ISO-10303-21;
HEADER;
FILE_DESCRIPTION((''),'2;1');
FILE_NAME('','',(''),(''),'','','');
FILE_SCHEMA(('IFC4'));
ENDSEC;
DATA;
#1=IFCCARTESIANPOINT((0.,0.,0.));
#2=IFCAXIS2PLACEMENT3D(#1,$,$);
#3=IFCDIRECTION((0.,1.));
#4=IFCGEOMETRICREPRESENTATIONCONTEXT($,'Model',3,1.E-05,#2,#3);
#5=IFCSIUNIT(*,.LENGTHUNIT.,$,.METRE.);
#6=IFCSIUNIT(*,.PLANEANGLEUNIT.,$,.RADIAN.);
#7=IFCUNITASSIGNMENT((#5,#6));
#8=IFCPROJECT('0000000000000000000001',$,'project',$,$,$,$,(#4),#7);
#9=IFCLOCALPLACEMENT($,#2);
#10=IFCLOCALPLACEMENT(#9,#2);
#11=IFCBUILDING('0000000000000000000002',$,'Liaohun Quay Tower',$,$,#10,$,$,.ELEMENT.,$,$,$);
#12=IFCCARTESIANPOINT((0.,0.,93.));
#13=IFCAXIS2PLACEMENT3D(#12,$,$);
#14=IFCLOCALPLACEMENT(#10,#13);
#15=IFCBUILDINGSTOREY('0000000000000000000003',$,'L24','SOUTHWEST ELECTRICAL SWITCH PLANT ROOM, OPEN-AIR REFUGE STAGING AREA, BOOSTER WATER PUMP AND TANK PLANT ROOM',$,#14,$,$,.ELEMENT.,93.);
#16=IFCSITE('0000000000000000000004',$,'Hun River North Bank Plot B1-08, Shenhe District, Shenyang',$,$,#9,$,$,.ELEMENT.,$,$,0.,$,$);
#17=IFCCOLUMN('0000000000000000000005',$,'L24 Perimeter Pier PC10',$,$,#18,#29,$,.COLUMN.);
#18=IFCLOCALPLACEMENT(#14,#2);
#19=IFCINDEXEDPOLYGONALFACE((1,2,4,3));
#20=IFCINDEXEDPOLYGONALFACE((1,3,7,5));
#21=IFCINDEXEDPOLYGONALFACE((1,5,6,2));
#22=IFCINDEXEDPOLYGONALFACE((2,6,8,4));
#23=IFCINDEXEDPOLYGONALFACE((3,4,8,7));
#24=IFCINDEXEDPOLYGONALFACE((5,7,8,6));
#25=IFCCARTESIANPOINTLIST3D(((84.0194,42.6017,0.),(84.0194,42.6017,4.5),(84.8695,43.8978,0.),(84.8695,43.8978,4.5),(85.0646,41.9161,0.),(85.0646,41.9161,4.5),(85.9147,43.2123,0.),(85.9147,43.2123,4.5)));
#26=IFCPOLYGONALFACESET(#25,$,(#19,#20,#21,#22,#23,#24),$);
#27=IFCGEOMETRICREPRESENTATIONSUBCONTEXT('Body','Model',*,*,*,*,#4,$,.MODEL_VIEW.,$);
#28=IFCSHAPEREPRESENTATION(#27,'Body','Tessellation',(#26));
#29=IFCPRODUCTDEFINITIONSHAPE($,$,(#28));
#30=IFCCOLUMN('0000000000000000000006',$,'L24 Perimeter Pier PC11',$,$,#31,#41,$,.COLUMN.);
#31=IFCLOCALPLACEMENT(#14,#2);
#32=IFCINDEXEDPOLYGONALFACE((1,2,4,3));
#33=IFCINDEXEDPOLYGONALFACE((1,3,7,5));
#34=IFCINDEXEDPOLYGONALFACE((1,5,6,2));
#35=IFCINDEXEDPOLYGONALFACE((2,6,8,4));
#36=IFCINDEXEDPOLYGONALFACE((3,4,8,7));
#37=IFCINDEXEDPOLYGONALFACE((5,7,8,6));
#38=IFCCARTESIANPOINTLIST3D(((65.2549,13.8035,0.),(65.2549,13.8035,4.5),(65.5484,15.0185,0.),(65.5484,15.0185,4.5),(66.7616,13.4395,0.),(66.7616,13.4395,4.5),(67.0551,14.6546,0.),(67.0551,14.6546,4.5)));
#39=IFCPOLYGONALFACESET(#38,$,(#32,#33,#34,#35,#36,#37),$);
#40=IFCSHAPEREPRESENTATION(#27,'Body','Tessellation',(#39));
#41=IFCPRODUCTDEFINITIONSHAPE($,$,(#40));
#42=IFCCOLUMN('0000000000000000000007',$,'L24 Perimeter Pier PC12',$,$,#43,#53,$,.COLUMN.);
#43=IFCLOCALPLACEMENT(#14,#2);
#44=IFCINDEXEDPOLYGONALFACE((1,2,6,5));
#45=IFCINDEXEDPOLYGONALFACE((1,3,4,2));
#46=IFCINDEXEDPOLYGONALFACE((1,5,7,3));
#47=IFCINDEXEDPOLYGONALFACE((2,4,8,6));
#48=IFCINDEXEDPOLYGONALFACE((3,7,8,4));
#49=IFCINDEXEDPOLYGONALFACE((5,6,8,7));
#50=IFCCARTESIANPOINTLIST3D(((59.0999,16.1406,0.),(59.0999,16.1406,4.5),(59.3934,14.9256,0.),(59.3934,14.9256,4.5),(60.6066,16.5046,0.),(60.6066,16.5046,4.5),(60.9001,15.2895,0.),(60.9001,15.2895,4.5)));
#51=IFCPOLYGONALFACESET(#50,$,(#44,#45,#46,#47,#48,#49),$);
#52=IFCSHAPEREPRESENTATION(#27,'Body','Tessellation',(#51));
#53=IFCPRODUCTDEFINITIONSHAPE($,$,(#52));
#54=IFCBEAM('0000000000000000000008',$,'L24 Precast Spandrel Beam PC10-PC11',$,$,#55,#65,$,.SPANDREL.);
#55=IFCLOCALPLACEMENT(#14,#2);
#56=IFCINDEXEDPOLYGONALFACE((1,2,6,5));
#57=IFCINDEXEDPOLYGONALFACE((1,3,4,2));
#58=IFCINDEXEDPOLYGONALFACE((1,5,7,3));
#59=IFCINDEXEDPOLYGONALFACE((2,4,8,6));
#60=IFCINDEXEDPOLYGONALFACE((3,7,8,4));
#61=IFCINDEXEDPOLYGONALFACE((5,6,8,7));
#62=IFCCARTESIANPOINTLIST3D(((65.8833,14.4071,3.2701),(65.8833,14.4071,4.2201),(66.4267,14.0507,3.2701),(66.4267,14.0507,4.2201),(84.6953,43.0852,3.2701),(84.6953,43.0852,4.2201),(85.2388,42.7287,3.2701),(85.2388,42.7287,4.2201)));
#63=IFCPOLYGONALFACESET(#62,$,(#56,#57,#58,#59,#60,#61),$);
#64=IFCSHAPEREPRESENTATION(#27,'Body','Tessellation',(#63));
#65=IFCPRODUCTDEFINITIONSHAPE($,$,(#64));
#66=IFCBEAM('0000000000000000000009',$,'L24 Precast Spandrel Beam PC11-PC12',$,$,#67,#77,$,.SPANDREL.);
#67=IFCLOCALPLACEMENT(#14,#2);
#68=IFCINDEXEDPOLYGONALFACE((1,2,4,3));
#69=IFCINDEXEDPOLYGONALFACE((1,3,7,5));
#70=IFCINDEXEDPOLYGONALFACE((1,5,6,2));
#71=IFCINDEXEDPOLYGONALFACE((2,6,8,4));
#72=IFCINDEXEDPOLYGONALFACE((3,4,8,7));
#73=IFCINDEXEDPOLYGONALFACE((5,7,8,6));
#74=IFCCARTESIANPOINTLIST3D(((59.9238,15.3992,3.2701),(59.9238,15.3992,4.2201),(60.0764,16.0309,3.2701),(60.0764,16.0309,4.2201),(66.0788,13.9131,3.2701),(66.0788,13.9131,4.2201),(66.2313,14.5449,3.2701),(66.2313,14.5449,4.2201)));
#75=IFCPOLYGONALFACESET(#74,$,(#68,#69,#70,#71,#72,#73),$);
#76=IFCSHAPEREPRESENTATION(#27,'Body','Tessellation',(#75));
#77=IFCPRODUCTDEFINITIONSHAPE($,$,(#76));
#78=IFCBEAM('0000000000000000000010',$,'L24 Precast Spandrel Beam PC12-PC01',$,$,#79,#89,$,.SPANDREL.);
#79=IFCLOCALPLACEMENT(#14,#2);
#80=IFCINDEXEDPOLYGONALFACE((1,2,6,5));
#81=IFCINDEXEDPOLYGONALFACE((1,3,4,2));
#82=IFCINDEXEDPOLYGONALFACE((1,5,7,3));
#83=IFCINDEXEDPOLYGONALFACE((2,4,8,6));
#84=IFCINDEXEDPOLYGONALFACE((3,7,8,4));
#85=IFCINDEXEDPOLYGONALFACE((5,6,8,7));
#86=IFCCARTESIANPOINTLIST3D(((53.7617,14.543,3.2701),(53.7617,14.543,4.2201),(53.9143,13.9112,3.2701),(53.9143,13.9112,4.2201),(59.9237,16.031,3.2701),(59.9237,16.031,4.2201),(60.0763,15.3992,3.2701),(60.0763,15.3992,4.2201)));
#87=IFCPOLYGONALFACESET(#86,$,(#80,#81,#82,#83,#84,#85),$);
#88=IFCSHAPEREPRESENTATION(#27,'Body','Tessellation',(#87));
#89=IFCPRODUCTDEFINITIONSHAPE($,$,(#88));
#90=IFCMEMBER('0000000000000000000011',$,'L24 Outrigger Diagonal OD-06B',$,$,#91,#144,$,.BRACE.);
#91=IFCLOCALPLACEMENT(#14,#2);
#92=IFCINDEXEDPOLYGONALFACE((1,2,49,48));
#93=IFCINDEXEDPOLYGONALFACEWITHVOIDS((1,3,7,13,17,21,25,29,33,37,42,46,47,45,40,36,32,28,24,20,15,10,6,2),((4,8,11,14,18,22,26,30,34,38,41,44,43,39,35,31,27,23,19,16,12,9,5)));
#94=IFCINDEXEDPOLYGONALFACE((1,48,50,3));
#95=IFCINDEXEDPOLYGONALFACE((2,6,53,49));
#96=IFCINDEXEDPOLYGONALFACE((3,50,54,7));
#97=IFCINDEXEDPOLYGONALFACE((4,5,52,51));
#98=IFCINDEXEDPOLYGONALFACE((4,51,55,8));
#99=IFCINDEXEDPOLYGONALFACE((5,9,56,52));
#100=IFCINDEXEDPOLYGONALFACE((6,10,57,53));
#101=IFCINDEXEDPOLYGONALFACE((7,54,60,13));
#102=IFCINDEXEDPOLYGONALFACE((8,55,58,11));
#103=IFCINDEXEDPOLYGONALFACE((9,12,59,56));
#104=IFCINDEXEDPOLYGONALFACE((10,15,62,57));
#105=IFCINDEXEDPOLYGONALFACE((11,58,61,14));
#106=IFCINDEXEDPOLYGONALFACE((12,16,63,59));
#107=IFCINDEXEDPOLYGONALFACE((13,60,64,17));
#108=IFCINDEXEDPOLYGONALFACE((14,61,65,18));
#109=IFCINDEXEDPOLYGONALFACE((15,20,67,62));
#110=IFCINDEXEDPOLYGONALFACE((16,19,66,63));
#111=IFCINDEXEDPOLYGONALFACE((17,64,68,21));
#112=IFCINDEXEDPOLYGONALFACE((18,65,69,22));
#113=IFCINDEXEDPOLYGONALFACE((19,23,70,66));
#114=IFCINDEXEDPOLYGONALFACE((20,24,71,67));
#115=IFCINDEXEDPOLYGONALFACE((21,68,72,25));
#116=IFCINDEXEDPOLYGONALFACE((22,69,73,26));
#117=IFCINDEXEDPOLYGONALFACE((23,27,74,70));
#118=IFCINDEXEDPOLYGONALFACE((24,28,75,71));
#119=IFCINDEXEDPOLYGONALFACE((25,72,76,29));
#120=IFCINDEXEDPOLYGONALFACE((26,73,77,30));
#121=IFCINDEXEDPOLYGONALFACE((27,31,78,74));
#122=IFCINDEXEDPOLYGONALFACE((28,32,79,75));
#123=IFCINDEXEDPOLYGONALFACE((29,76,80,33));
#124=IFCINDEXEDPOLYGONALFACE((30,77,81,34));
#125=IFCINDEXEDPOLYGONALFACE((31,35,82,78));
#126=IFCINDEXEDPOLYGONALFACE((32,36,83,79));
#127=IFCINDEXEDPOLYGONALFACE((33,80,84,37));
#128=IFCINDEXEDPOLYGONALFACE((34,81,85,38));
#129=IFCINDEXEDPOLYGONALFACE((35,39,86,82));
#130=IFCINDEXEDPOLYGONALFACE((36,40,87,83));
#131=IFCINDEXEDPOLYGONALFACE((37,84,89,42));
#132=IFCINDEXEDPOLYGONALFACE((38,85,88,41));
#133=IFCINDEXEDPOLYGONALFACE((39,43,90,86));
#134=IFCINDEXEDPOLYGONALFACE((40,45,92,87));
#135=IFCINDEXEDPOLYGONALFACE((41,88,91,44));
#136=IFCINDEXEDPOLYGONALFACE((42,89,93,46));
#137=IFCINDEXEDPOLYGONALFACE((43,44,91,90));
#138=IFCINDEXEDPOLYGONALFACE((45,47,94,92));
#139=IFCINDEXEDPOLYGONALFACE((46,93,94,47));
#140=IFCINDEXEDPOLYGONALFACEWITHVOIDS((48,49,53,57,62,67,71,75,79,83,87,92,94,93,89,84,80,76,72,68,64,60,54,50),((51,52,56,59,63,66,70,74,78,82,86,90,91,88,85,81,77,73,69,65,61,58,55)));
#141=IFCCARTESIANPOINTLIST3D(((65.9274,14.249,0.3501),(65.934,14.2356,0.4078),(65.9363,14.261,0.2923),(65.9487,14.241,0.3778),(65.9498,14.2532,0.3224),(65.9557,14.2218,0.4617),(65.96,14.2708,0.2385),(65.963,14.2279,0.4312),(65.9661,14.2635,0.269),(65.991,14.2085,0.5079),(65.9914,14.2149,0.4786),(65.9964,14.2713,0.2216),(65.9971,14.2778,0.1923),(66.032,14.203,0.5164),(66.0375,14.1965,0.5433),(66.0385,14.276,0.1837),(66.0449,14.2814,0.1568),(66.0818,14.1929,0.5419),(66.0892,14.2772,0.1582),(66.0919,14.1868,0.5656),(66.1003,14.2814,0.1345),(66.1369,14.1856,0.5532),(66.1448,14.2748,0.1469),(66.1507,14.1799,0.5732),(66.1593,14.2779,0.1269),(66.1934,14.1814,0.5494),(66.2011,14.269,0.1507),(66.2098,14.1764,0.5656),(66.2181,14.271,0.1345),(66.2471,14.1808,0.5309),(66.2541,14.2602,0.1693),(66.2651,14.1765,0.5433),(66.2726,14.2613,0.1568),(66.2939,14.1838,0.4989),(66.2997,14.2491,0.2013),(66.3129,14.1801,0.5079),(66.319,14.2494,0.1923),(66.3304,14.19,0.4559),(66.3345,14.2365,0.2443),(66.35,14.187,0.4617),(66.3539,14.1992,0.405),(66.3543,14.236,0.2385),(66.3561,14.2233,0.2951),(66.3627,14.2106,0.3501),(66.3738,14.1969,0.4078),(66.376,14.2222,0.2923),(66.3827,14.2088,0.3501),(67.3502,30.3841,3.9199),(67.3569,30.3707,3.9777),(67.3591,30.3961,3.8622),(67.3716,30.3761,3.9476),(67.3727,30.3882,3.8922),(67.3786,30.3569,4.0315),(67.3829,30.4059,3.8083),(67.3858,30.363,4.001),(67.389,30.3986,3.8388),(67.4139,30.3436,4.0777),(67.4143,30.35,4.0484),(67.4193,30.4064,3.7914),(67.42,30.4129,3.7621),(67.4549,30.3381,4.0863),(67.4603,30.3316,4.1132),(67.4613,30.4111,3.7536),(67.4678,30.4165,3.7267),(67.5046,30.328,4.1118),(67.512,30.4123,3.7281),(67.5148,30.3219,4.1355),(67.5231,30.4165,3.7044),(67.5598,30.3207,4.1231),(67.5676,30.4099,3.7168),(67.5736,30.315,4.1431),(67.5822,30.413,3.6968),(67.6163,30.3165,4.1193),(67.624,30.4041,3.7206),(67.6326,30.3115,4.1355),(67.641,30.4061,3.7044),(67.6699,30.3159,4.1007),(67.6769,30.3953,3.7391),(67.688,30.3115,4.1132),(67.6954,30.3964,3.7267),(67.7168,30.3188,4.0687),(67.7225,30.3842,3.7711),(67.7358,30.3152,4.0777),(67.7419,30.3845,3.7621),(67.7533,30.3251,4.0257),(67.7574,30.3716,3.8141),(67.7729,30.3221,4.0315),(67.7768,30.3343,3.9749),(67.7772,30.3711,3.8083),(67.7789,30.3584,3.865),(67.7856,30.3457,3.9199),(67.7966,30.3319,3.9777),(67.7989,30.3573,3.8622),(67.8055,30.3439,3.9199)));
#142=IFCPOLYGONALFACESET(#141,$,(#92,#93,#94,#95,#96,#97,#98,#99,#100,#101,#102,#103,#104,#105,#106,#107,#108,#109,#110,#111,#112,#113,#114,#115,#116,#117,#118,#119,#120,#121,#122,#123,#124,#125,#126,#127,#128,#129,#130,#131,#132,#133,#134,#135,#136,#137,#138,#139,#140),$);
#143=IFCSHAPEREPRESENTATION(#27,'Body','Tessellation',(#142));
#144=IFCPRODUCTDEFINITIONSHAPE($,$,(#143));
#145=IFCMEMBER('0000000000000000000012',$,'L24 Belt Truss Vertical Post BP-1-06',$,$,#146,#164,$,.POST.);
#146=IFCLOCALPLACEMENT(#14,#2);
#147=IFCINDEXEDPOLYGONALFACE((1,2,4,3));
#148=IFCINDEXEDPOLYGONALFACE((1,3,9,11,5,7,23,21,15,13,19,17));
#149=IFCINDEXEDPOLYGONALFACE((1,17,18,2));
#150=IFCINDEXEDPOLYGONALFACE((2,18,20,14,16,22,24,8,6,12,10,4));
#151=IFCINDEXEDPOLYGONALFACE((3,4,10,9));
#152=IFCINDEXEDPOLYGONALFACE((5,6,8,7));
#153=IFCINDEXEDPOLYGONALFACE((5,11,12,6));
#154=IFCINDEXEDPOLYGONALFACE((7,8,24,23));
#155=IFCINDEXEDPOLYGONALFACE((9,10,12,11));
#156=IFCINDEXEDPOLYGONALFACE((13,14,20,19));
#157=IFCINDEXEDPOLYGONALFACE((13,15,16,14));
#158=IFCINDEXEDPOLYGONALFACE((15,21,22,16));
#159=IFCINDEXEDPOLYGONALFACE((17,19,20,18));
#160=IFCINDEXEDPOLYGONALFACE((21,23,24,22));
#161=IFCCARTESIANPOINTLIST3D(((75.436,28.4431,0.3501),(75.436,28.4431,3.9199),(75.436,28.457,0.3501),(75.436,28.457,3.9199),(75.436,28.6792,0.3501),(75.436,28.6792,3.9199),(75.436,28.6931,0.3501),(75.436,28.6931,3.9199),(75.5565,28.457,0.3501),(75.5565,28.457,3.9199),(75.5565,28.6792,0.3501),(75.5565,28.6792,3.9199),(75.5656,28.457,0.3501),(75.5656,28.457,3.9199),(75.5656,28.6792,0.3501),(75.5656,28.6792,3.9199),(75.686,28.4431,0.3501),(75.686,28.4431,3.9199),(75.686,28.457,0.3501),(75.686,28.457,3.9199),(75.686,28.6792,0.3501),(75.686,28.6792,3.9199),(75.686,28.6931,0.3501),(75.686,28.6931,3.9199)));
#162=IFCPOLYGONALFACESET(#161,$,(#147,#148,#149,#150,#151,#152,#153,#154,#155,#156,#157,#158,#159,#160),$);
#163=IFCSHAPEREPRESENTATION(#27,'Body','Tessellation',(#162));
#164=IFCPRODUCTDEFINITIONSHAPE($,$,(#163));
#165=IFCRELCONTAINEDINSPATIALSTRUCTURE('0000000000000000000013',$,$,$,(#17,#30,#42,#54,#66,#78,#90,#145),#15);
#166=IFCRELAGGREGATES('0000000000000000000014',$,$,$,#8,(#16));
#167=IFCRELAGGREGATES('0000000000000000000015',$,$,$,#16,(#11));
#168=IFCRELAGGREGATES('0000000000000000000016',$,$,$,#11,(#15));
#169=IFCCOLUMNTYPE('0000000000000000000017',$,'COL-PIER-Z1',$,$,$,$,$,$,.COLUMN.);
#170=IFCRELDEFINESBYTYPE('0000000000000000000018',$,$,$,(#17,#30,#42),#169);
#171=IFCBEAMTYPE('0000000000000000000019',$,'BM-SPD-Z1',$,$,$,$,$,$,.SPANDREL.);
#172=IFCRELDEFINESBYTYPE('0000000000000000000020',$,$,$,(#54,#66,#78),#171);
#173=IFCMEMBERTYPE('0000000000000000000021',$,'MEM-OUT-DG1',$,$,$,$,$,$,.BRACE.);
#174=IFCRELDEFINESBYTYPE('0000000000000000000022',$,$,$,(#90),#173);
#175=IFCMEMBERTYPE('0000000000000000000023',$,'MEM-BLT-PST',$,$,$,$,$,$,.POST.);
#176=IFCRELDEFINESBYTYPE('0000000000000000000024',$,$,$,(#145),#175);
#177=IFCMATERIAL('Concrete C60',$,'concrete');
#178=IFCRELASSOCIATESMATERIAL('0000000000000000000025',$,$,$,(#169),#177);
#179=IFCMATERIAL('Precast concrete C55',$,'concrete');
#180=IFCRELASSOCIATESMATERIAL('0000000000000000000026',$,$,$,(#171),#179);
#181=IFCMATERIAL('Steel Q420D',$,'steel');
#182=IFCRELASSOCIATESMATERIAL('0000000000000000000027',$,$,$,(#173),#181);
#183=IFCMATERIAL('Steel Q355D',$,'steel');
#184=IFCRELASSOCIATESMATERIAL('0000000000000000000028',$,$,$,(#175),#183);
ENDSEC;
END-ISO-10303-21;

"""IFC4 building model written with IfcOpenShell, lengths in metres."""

from ifc_helpers import new_model, si_unit, direction, frame, origin, origin_2d, place, context, subcontext, project, spatial, rectangle, hollow_circle, i_section, extrude, source, transform, mapped, material, material_profile, profile_set, type_object, element, save


model = new_model("IFC4")

# Units and contexts
model_context = context("Model", 3, precision=1e-05, world=origin(), true_north=direction((0.0, 1.0)))
body_context = subcontext(model_context, "Body", "Model", "MODEL_VIEW")
ifc_project = project(units=[si_unit("LENGTHUNIT", "METRE"), si_unit("PLANEANGLEUNIT", "RADIAN")], contexts=[model_context])

# Site, building, storey
site_placement = place(None, origin())
site = spatial("IfcSite", under=ifc_project, at=site_placement, Name="Hun River North Bank Plot B1-08, Shenhe District, Shenyang", CompositionType="ELEMENT", RefElevation=0.0)
building_placement = place(site_placement, origin())
building = spatial("IfcBuilding", under=site, at=building_placement, Name="Liaohun Quay Tower", CompositionType="ELEMENT")
storey_placement = place(building_placement, frame((0.0, 0.0, 93.0)))
storey = spatial("IfcBuildingStorey", under=building, at=storey_placement, Name="L24", Description="SOUTHWEST ELECTRICAL SWITCH PLANT ROOM, OPEN-AIR REFUGE STAGING AREA, BOOSTER WATER PUMP AND TANK PLANT ROOM", CompositionType="ELEMENT", Elevation=93.0)

# Columns
ifc_material_1 = material(Name="Concrete C60", Category="concrete")
ifc_material_profile_1 = material_profile(ifc_material_1, rectangle(XDim=1.55, YDim=1.25, at=origin_2d()), Name="RC1550x1250")
ifc_profile_set_1 = profile_set([ifc_material_profile_1], Name="Concrete C60")
column_type = type_object("IfcColumnType", Name="COL-PIER-Z1", PredefinedType="COLUMN", material=ifc_profile_set_1)
shared_shape_1 = source(origin(), body_context, "Body", "SweptSolid", [
    extrude(rectangle(XDim=1.55, YDim=1.25, at=origin_2d()), origin(), (0.0, 0.0, 1.0), 4.5),
])
for number, where, z_axis, x_axis, name in (
    (1, (84.967, 42.907, 0.0), (0.0, 0.0, 1.0), (0.548439, 0.83619, 0.0), "L24 Perimeter Pier PC10"),
    (2, (66.155, 14.229, 0.0), (0.0, 0.0, 1.0), (-0.972043, 0.234803, 0.0), "L24 Perimeter Pier PC11"),
    (3, (60.0, 15.7151, 0.0), (0.0, 0.0, 1.0), (0.972043, 0.234803, 0.0), "L24 Perimeter Pier PC12"),
):
    element("IfcColumn", number, at=place(storey_placement, frame(where, z_axis=z_axis, x_axis=x_axis)), inside=storey, type_object=column_type, Name=name, PredefinedType="COLUMN", context=body_context, shape_type="MappedRepresentation", body=[
        mapped(shared_shape_1, transform((0.0, 0.0, 0.0), x_axis=(1.0, 0.0, 0.0), y_axis=(0.0, 1.0, 0.0), z_axis=(0.0, 0.0, 1.0), scale=1.0)),
    ])

# Beams
ifc_material_2 = material(Name="Precast concrete C55", Category="concrete")
ifc_material_profile_2 = material_profile(ifc_material_2, rectangle(XDim=0.6499, YDim=0.95, at=origin_2d()), Name="RC650x950")
ifc_profile_set_2 = profile_set([ifc_material_profile_2], Name="Precast concrete C55")
beam_type = type_object("IfcBeamType", Name="BM-SPD-Z1", PredefinedType="SPANDREL", material=ifc_profile_set_2)
shared_shape_2 = source(origin(), body_context, "Body", "SweptSolid", [
    extrude(rectangle(XDim=0.6499, YDim=0.95, at=origin_2d()), origin(), (0.0, 0.0, 1.0), 34.2976),
])
beam_1_placement = place(storey_placement, frame((84.967, 42.907, 3.7451), z_axis=(-0.548495, -0.836154, 0.0), x_axis=(0.836154, -0.548495, 0.0)))
element("IfcBeam", 4, at=beam_1_placement, inside=storey, type_object=beam_type, Name="L24 Precast Spandrel Beam PC10-PC11", PredefinedType="SPANDREL", context=body_context, shape_type="MappedRepresentation", body=[
    mapped(shared_shape_2, transform((0.0, 0.0, 0.0), x_axis=(1.0, 0.0, 0.0), y_axis=(0.0, 1.0, 0.0), z_axis=(0.0, 0.0, 1.0), scale=1.0)),
])
shared_shape_3 = source(origin(), body_context, "Body", "SweptSolid", [
    extrude(rectangle(XDim=0.6499, YDim=0.95, at=origin_2d()), origin(), (0.0, 0.0, 1.0), 6.3318),
])
beam_2_placement = place(storey_placement, frame((66.155, 14.229, 3.7451), z_axis=(-0.972068, 0.234698, 0.0), x_axis=(-0.234698, -0.972068, 0.0)))
element("IfcBeam", 5, at=beam_2_placement, inside=storey, type_object=beam_type, Name="L24 Precast Spandrel Beam PC11-PC12", PredefinedType="SPANDREL", context=body_context, shape_type="MappedRepresentation", body=[
    mapped(shared_shape_3, transform((0.0, 0.0, 0.0), x_axis=(1.0, 0.0, 0.0), y_axis=(0.0, 1.0, 0.0), z_axis=(0.0, 0.0, 1.0), scale=1.0)),
])
shared_shape_4 = source(origin(), body_context, "Body", "SweptSolid", [
    extrude(rectangle(XDim=0.6499, YDim=0.95, at=origin_2d()), origin(), (0.0, 0.0, 1.0), 6.3391),
])
beam_3_placement = place(storey_placement, frame((60.0, 15.7151, 3.7451), z_axis=(-0.972059, -0.234735, 0.0), x_axis=(0.234735, -0.972059, 0.0)))
element("IfcBeam", 6, at=beam_3_placement, inside=storey, type_object=beam_type, Name="L24 Precast Spandrel Beam PC12-PC01", PredefinedType="SPANDREL", context=body_context, shape_type="MappedRepresentation", body=[
    mapped(shared_shape_4, transform((0.0, 0.0, 0.0), x_axis=(1.0, 0.0, 0.0), y_axis=(0.0, 1.0, 0.0), z_axis=(0.0, 0.0, 1.0), scale=1.0)),
])

# Members
ifc_material_3 = material(Name="Steel Q420D", Category="steel")
ifc_material_profile_3 = material_profile(ifc_material_3, hollow_circle(Radius=0.2285, WallThickness=0.02, at=origin_2d()), Name="CHS457x20")
ifc_profile_set_3 = profile_set([ifc_material_profile_3], Name="Steel Q420D")
member_type_1 = type_object("IfcMemberType", Name="MEM-OUT-DG1", PredefinedType="BRACE", material=ifc_profile_set_3)
shared_shape_5 = source(origin(), body_context, "Body", "SweptSolid", [
    extrude(hollow_circle(Radius=0.2285, WallThickness=0.02, at=origin_2d()), origin(), (0.0, 0.0, 1.0), 16.5864),
])
member_1_placement = place(storey_placement, frame((67.5779, 30.364, 3.9199), z_axis=(-0.085785, -0.972789, -0.215227), x_axis=(0.996134, -0.087843, 0.0)))
element("IfcMember", 7, at=member_1_placement, inside=storey, type_object=member_type_1, Name="L24 Outrigger Diagonal OD-06B", PredefinedType="BRACE", context=body_context, shape_type="MappedRepresentation", body=[
    mapped(shared_shape_5, transform((0.0, 0.0, 0.0), x_axis=(1.0, 0.0, 0.0), y_axis=(0.0, 1.0, 0.0), z_axis=(0.0, 0.0, 1.0), scale=1.0)),
])
ifc_material_4 = material(Name="Steel Q355D", Category="steel")
ifc_material_profile_4 = material_profile(ifc_material_4, i_section(OverallWidth=0.25, OverallDepth=0.25, WebThickness=0.009, FlangeThickness=0.0139, at=origin_2d()), Name="HW250x250x9x14")
ifc_profile_set_4 = profile_set([ifc_material_profile_4], Name="Steel Q355D")
member_type_2 = type_object("IfcMemberType", Name="MEM-BLT-PST", PredefinedType="POST", material=ifc_profile_set_4)
shared_shape_6 = source(origin(), body_context, "Body", "SweptSolid", [
    extrude(i_section(OverallWidth=0.25, OverallDepth=0.25, WebThickness=0.009, FlangeThickness=0.0139, at=origin_2d()), origin(), (0.0, 0.0, 1.0), 3.5698),
])
member_2_placement = place(storey_placement, frame((75.561, 28.5681, 0.3501), z_axis=(0.0, 0.0, 1.0), x_axis=(1.0, 0.0, 0.0)))
element("IfcMember", 8, at=member_2_placement, inside=storey, type_object=member_type_2, Name="L24 Belt Truss Vertical Post BP-1-06", PredefinedType="POST", context=body_context, shape_type="MappedRepresentation", body=[
    mapped(shared_shape_6, transform((0.0, 0.0, 0.0), x_axis=(1.0, 0.0, 0.0), y_axis=(0.0, 1.0, 0.0), z_axis=(0.0, 0.0, 1.0), scale=1.0)),
])

save(model, "model.ifc")
